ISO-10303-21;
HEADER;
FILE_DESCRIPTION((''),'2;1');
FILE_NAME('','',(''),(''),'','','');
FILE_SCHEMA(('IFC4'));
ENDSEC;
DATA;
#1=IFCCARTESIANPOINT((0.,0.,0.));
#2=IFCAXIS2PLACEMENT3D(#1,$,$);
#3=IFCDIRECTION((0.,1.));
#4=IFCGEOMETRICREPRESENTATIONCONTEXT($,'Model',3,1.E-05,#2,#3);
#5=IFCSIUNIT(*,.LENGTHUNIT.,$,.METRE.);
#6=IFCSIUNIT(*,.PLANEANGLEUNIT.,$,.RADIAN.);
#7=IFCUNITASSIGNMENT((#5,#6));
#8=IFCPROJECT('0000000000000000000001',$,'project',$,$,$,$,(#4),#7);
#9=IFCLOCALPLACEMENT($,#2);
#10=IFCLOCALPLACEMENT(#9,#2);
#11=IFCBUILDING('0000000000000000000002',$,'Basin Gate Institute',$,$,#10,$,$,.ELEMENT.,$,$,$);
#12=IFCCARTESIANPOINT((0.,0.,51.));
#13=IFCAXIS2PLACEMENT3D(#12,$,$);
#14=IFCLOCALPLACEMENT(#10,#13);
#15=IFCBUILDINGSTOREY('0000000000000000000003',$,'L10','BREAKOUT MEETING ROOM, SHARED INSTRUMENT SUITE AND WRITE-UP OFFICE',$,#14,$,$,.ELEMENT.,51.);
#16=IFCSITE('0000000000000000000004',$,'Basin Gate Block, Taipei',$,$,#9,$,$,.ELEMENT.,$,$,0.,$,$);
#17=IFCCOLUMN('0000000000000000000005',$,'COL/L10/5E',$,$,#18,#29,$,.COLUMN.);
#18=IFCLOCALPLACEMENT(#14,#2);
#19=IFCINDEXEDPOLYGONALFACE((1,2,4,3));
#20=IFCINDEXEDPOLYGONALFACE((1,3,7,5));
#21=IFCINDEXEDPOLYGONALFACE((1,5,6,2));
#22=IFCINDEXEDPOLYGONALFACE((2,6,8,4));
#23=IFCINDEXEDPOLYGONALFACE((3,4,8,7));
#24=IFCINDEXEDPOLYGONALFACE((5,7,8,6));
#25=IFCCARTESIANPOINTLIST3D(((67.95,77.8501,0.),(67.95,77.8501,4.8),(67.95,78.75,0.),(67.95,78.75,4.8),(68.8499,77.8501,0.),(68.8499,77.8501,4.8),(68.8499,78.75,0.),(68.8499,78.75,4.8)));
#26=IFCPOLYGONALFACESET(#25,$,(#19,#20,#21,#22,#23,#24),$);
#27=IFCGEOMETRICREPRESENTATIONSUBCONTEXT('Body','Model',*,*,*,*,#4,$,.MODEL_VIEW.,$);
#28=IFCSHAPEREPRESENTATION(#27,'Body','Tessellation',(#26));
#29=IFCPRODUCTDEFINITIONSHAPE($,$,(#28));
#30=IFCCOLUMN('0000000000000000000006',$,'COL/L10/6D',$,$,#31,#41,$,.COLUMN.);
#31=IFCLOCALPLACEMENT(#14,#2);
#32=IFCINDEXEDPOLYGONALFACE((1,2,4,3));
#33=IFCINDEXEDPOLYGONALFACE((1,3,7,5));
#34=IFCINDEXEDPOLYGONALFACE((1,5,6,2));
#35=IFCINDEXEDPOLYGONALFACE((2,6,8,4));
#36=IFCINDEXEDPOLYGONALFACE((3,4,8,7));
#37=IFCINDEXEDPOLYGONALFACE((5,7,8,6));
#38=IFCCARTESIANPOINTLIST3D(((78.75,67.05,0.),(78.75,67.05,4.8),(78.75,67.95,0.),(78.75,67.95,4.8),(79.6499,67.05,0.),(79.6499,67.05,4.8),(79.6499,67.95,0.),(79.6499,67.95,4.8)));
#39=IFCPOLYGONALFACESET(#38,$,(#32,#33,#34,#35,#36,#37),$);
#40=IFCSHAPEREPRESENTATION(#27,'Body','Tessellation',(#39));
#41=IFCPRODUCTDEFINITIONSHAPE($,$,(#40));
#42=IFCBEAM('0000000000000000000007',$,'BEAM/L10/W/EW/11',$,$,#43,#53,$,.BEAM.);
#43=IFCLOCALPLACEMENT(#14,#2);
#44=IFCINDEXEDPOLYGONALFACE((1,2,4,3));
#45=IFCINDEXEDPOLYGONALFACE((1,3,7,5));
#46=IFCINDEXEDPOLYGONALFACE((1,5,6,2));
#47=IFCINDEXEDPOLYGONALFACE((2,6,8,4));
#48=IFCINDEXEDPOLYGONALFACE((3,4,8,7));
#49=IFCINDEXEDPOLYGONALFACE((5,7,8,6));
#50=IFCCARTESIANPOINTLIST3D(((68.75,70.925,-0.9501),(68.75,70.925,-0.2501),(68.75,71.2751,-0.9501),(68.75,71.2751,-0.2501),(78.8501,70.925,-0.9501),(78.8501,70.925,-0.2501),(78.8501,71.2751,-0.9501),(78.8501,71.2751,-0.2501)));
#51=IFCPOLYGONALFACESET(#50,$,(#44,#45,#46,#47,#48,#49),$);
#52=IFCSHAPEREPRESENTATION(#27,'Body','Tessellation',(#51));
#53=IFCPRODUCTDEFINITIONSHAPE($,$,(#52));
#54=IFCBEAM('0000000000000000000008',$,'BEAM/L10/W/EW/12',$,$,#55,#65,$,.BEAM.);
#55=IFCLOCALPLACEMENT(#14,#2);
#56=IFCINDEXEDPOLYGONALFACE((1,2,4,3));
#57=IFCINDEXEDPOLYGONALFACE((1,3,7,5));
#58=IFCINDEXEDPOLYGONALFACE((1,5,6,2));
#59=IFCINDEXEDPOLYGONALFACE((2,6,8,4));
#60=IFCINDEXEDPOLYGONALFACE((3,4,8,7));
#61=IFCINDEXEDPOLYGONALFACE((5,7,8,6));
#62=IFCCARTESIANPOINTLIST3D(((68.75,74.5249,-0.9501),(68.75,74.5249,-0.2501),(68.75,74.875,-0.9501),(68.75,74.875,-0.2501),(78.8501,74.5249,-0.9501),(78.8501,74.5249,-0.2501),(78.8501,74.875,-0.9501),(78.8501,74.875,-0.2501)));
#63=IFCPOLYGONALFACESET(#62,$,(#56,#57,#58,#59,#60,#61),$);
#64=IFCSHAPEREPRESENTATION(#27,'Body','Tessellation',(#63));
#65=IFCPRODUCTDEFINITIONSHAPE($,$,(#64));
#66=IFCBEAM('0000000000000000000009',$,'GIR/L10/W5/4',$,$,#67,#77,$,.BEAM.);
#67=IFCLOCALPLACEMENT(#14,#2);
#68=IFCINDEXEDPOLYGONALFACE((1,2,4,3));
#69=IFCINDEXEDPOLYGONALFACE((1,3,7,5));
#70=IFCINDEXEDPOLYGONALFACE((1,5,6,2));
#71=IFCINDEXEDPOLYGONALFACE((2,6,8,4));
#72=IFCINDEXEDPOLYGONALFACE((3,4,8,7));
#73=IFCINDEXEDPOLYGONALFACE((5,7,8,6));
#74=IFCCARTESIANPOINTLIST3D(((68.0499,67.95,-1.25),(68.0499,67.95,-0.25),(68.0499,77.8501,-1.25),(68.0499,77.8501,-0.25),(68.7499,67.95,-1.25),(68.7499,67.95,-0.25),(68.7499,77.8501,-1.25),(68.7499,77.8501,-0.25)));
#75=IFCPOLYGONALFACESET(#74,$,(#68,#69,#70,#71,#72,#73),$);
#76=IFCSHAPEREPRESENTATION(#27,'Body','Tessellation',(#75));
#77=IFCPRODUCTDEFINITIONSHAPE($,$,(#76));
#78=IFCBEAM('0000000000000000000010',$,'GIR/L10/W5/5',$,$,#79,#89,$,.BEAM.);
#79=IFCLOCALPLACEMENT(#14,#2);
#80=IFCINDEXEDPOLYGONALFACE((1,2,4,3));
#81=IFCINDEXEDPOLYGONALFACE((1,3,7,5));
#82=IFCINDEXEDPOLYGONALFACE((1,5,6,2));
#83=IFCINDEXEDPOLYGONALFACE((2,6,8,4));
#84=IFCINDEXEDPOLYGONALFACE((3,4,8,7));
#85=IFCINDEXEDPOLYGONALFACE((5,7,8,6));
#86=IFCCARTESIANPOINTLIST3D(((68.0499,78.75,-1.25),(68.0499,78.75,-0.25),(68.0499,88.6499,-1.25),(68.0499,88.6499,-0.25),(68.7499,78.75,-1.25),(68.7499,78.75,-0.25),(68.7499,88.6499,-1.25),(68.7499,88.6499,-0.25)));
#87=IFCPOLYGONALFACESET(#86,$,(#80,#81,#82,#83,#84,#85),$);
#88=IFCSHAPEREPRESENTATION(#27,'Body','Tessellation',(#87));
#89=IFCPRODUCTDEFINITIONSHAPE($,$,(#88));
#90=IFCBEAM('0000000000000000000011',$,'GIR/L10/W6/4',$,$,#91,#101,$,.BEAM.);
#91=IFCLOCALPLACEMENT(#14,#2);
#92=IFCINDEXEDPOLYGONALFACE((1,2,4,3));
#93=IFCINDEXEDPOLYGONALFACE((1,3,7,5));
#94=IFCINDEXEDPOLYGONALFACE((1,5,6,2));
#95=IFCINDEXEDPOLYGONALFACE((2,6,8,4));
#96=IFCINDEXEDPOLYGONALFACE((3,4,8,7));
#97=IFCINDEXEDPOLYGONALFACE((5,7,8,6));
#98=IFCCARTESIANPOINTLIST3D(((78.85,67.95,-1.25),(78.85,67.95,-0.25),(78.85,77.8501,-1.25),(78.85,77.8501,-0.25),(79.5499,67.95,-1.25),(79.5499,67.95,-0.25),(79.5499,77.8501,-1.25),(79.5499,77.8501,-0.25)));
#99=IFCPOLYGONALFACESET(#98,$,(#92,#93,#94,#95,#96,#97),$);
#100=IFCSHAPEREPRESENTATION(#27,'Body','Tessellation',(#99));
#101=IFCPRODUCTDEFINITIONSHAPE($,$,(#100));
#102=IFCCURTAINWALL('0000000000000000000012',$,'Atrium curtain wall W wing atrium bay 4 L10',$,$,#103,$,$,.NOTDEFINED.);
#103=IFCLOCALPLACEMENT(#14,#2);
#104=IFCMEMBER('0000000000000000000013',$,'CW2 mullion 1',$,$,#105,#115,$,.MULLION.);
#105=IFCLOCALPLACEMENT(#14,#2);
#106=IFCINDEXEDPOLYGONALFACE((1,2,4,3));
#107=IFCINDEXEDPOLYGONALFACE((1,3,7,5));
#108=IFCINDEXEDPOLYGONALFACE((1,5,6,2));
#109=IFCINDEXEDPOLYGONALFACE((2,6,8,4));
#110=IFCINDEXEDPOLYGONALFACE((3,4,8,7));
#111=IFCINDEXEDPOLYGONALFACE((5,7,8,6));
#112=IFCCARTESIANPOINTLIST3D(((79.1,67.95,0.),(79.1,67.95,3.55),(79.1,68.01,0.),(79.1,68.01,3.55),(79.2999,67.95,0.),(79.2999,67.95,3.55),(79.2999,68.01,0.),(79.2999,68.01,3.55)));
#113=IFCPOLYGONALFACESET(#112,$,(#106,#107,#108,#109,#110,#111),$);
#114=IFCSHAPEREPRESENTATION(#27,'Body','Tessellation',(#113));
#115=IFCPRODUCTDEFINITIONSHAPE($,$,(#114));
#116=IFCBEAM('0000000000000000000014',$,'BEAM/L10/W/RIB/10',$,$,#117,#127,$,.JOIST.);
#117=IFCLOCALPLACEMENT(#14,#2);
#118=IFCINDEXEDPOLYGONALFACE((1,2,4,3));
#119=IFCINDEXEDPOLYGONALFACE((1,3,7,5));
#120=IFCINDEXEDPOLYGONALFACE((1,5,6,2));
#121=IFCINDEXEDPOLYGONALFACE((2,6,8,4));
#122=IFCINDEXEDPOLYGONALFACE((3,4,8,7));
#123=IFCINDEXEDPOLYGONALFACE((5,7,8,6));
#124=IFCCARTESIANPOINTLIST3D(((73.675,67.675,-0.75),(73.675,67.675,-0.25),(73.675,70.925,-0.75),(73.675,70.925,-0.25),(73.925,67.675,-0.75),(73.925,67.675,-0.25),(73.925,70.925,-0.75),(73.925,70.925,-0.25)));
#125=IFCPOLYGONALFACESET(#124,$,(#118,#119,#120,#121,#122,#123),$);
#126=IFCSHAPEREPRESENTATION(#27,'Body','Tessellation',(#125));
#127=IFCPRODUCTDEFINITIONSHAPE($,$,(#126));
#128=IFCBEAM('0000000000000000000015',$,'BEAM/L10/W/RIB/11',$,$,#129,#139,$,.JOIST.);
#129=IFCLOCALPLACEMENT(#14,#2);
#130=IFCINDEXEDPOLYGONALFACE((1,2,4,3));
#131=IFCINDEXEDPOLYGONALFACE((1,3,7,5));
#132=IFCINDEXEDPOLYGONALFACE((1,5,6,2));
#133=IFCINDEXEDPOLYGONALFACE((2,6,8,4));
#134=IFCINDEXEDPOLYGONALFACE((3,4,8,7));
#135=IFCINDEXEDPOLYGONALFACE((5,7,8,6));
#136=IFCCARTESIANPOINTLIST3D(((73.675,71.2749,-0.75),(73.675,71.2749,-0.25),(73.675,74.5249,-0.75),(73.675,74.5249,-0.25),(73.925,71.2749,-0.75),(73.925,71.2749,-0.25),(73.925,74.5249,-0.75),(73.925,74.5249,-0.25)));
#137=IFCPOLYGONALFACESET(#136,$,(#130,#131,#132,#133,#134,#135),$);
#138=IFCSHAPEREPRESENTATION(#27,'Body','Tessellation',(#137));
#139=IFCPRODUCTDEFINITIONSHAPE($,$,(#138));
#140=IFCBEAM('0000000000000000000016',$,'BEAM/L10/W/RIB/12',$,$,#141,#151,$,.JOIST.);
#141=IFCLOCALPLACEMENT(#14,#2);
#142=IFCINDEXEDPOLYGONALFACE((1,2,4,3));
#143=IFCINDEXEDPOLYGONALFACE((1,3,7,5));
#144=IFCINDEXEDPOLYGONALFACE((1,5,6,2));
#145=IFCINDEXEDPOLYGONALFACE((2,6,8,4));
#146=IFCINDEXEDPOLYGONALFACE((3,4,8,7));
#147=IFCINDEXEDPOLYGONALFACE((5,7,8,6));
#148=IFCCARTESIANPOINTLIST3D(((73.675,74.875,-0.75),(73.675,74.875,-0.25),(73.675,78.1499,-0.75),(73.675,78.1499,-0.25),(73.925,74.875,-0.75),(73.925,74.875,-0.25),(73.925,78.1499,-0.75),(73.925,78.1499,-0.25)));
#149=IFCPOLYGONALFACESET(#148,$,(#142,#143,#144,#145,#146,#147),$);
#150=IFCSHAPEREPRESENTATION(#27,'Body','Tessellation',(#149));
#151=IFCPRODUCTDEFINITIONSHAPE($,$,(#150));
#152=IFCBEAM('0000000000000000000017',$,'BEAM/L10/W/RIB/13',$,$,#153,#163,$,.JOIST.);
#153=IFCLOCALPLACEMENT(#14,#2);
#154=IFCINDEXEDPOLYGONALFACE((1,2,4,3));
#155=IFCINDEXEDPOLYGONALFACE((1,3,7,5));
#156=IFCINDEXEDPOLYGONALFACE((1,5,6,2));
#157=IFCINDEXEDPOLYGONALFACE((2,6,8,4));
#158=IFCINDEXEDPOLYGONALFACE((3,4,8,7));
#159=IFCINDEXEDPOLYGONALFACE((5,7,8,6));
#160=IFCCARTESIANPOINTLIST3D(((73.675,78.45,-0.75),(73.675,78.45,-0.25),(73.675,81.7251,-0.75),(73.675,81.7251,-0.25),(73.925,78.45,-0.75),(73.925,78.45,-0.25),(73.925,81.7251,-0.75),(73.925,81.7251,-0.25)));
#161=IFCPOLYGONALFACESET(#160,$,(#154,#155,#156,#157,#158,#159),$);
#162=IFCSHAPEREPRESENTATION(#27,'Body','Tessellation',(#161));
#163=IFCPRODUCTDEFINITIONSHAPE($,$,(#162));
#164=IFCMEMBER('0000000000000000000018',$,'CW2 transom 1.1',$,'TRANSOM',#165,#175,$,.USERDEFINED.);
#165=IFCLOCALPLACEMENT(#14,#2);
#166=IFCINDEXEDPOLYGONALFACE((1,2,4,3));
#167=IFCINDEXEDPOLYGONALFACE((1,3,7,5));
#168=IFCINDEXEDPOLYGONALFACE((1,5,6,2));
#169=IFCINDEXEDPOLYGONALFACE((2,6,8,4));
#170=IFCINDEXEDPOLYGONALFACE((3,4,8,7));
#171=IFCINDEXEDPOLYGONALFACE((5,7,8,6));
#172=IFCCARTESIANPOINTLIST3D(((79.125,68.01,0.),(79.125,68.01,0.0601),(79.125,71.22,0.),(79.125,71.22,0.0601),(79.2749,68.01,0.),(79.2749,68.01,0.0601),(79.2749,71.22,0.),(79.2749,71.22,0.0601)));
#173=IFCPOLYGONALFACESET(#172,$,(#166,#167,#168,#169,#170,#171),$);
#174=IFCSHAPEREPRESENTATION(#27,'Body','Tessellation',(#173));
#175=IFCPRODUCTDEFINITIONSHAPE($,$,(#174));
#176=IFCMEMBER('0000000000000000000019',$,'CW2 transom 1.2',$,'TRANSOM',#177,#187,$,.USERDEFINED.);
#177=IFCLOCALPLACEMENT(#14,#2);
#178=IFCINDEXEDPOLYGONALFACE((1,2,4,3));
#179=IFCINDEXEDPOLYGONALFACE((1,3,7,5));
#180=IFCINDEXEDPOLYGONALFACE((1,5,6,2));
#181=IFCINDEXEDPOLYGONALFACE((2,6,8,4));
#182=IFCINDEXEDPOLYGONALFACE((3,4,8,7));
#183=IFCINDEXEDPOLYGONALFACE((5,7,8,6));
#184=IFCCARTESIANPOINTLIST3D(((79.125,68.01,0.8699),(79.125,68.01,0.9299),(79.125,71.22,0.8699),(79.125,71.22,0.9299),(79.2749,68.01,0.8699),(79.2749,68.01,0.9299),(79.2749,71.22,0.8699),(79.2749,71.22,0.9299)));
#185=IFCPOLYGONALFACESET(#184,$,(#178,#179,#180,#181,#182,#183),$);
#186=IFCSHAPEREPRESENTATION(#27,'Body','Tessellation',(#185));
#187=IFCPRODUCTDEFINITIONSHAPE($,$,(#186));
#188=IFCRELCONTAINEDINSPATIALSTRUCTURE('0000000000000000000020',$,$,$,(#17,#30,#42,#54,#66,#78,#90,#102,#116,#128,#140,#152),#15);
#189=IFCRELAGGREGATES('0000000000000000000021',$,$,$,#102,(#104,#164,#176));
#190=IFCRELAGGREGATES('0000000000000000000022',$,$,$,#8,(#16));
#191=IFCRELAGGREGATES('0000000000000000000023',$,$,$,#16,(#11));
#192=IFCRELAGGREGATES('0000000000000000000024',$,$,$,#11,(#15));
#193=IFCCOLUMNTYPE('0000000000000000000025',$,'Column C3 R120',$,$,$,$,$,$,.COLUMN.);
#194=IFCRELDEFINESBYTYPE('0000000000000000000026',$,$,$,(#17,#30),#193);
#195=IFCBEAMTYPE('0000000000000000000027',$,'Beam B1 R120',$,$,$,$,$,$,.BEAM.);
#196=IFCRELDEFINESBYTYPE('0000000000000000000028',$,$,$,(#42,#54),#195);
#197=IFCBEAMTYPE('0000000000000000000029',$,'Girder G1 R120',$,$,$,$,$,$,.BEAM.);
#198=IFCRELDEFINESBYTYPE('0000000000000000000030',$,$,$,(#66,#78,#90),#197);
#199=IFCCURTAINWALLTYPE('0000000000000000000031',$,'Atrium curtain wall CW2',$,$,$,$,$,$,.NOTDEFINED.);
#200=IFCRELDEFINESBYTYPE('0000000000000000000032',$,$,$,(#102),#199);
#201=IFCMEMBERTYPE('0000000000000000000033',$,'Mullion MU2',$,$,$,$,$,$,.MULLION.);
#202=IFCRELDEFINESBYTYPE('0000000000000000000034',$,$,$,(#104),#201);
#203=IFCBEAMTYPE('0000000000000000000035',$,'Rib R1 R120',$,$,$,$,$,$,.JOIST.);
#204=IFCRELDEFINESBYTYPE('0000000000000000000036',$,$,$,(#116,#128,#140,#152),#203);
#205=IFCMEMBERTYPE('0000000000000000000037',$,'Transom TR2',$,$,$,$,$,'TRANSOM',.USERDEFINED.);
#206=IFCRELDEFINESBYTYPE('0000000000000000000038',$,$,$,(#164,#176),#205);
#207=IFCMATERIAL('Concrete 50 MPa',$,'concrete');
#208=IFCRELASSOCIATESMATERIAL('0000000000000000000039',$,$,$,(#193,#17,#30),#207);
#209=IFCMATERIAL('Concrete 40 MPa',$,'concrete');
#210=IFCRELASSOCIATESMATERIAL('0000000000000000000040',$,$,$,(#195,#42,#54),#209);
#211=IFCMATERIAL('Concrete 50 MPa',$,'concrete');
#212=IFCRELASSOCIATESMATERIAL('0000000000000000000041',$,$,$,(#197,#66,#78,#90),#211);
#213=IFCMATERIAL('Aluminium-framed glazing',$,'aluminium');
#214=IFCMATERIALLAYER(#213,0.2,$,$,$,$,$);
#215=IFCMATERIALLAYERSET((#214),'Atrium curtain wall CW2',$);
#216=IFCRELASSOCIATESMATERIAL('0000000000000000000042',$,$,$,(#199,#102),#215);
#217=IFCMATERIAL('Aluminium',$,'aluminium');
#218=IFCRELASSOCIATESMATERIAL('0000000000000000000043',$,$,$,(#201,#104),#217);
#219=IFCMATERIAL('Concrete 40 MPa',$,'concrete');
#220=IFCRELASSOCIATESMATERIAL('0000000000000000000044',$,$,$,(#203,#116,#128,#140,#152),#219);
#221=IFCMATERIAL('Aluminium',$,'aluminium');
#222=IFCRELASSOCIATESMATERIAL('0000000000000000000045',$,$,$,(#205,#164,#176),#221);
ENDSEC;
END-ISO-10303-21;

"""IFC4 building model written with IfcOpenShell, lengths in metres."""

from ifc_helpers import new_model, si_unit, direction, frame, origin, origin_2d, place, context, subcontext, project, spatial, rectangle, extrude, material, layer, layer_set, material_profile, profile_set, type_object, element, aggregate, save


model = new_model("IFC4")

# Units and contexts
model_context = context("Model", 3, precision=1e-05, world=origin(), true_north=direction((0.0, 1.0)))
body_context = subcontext(model_context, "Body", "Model", "MODEL_VIEW")
ifc_project = project(units=[si_unit("LENGTHUNIT", "METRE"), si_unit("PLANEANGLEUNIT", "RADIAN")], contexts=[model_context])

# Site, building, storey
site_placement = place(None, origin())
site = spatial("IfcSite", under=ifc_project, at=site_placement, Name="Basin Gate Block, Taipei", CompositionType="ELEMENT", RefElevation=0.0)
building_placement = place(site_placement, origin())
building = spatial("IfcBuilding", under=site, at=building_placement, Name="Basin Gate Institute", CompositionType="ELEMENT")
storey_placement = place(building_placement, frame((0.0, 0.0, 51.0)))
storey = spatial("IfcBuildingStorey", under=building, at=storey_placement, Name="L10", Description="BREAKOUT MEETING ROOM, SHARED INSTRUMENT SUITE AND WRITE-UP OFFICE", CompositionType="ELEMENT", Elevation=51.0)

# Columns
ifc_material_1 = material(Name="Concrete 50 MPa", Category="concrete")
ifc_material_profile_1 = material_profile(ifc_material_1, rectangle(XDim=0.8999, YDim=0.8999, at=origin_2d()), Name="Column C3 900 x 900")
ifc_profile_set_1 = profile_set([ifc_material_profile_1], Name="Concrete 50 MPa")
column_type = type_object("IfcColumnType", Name="Column C3 R120", PredefinedType="COLUMN", material=ifc_profile_set_1)
for number, where, z_axis, x_axis, name in (
    (1, (68.3999, 78.3, 0.0), (0.0, 0.0, 1.0), (1.0, 0.0, 0.0), "COL/L10/5E"),
    (2, (79.2, 67.5, 0.0), (0.0, 0.0, 1.0), (1.0, 0.0, 0.0), "COL/L10/6D"),
):
    element("IfcColumn", number, at=place(storey_placement, frame(where, z_axis=z_axis, x_axis=x_axis)), inside=storey, type_object=column_type, material=ifc_profile_set_1, Name=name, PredefinedType="COLUMN", context=body_context, shape_type="SweptSolid", body=[
        extrude(rectangle(XDim=0.8999, YDim=0.8999, at=origin_2d()), origin(), (0.0, 0.0, 1.0), 4.8),
    ])

# Beams
ifc_material_2 = material(Name="Concrete 40 MPa", Category="concrete")
ifc_material_profile_2 = material_profile(ifc_material_2, rectangle(XDim=0.3501, YDim=0.7, at=origin_2d()), Name="Beam B1 350 x 700")
ifc_profile_set_2 = profile_set([ifc_material_profile_2], Name="Concrete 40 MPa")
beam_type_1 = type_object("IfcBeamType", Name="Beam B1 R120", PredefinedType="BEAM", material=ifc_profile_set_2)
for number, where, z_axis, x_axis, name in (
    (3, (68.75, 71.1001, -0.6001), (1.0, 0.0, 0.0), (0.0, 1.0, 0.0), "BEAM/L10/W/EW/11"),
    (4, (68.75, 74.7, -0.6001), (1.0, 0.0, 0.0), (0.0, 1.0, 0.0), "BEAM/L10/W/EW/12"),
):
    element("IfcBeam", number, at=place(storey_placement, frame(where, z_axis=z_axis, x_axis=x_axis)), inside=storey, type_object=beam_type_1, material=ifc_profile_set_2, Name=name, PredefinedType="BEAM", context=body_context, shape_type="SweptSolid", body=[
        extrude(rectangle(XDim=0.3501, YDim=0.7, at=origin_2d()), origin(), (0.0, 0.0, 1.0), 10.1001),
    ])
ifc_material_3 = material(Name="Concrete 50 MPa", Category="concrete")
ifc_material_profile_3 = material_profile(ifc_material_3, rectangle(XDim=0.7, YDim=1.0, at=origin_2d()), Name="Girder G1 700 x 1000")
ifc_profile_set_3 = profile_set([ifc_material_profile_3], Name="Concrete 50 MPa")
beam_type_2 = type_object("IfcBeamType", Name="Girder G1 R120", PredefinedType="BEAM", material=ifc_profile_set_3)
beam_1_placement = place(storey_placement, frame((68.3999, 67.95, -0.75), z_axis=(0.0, 1.0, 0.0), x_axis=(-1.0, 0.0, 0.0)))
element("IfcBeam", 5, at=beam_1_placement, inside=storey, type_object=beam_type_2, material=ifc_profile_set_3, Name="GIR/L10/W5/4", PredefinedType="BEAM", context=body_context, shape_type="SweptSolid", body=[
    extrude(rectangle(XDim=0.7, YDim=1.0, at=origin_2d()), origin(), (0.0, 0.0, 1.0), 9.9001),
])
beam_2_placement = place(storey_placement, frame((68.3999, 78.75, -0.75), z_axis=(0.0, 1.0, 0.0), x_axis=(-1.0, 0.0, 0.0)))
element("IfcBeam", 6, at=beam_2_placement, inside=storey, type_object=beam_type_2, material=ifc_profile_set_3, Name="GIR/L10/W5/5", PredefinedType="BEAM", context=body_context, shape_type="SweptSolid", body=[
    extrude(rectangle(XDim=0.7, YDim=1.0, at=origin_2d()), origin(), (0.0, 0.0, 1.0), 9.8999),
])
beam_3_placement = place(storey_placement, frame((79.2, 67.95, -0.75), z_axis=(0.0, 1.0, 0.0), x_axis=(-1.0, 0.0, 0.0)))
element("IfcBeam", 7, at=beam_3_placement, inside=storey, type_object=beam_type_2, material=ifc_profile_set_3, Name="GIR/L10/W6/4", PredefinedType="BEAM", context=body_context, shape_type="SweptSolid", body=[
    extrude(rectangle(XDim=0.7, YDim=1.0, at=origin_2d()), origin(), (0.0, 0.0, 1.0), 9.9001),
])

# Curtain wall, member
ifc_material_4 = material(Name="Aluminium-framed glazing", Category="aluminium")
ifc_layer_1 = layer(ifc_material_4, 0.2)
ifc_layer_set_1 = layer_set([ifc_layer_1], Name="Atrium curtain wall CW2")
curtain_wall_type = type_object("IfcCurtainWallType", Name="Atrium curtain wall CW2", PredefinedType="NOTDEFINED", material=ifc_layer_set_1)
curtain_wall_placement = place(storey_placement, origin())
curtain_wall = element("IfcCurtainWall", 8, at=curtain_wall_placement, inside=storey, type_object=curtain_wall_type, material=ifc_layer_set_1, Name="Atrium curtain wall W wing atrium bay 4 L10", PredefinedType="NOTDEFINED")
ifc_material_5 = material(Name="Aluminium", Category="aluminium")
ifc_material_profile_4 = material_profile(ifc_material_5, rectangle(XDim=0.2, YDim=0.0601, at=origin_2d()), Name="Mullion MU2 200 x 60")
ifc_profile_set_4 = profile_set([ifc_material_profile_4], Name="Aluminium")
member_type_1 = type_object("IfcMemberType", Name="Mullion MU2", PredefinedType="MULLION", material=ifc_profile_set_4)
member_1_placement = place(storey_placement, frame((79.2, 67.98, 0.0), z_axis=(0.0, 0.0, 1.0), x_axis=(-1.0, 0.0, 0.0)))
member_1 = element("IfcMember", 9, at=member_1_placement, type_object=member_type_1, material=ifc_profile_set_4, Name="CW2 mullion 1", PredefinedType="MULLION", context=body_context, shape_type="SweptSolid", body=[
    extrude(rectangle(XDim=0.2, YDim=0.0601, at=origin_2d()), origin(), (0.0, 0.0, 1.0), 3.55),
])

# Beams
ifc_material_6 = material(Name="Concrete 40 MPa", Category="concrete")
ifc_material_profile_5 = material_profile(ifc_material_6, rectangle(XDim=0.25, YDim=0.5, at=origin_2d()), Name="Rib R1 250 x 500")
ifc_profile_set_5 = profile_set([ifc_material_profile_5], Name="Concrete 40 MPa")
beam_type_3 = type_object("IfcBeamType", Name="Rib R1 R120", PredefinedType="JOIST", material=ifc_profile_set_5)
for number, where, z_axis, x_axis, name in (
    (10, (73.8, 67.675, -0.5), (0.0, 1.0, 0.0), (-1.0, 0.0, 0.0), "BEAM/L10/W/RIB/10"),
    (11, (73.8, 71.2749, -0.5), (0.0, 1.0, 0.0), (-1.0, 0.0, 0.0), "BEAM/L10/W/RIB/11"),
):
    element("IfcBeam", number, at=place(storey_placement, frame(where, z_axis=z_axis, x_axis=x_axis)), inside=storey, type_object=beam_type_3, material=ifc_profile_set_5, Name=name, PredefinedType="JOIST", context=body_context, shape_type="SweptSolid", body=[
        extrude(rectangle(XDim=0.25, YDim=0.5, at=origin_2d()), origin(), (0.0, 0.0, 1.0), 3.25),
    ])
beam_4_placement = place(storey_placement, frame((73.8, 74.875, -0.5), z_axis=(0.0, 1.0, 0.0), x_axis=(-1.0, 0.0, 0.0)))
element("IfcBeam", 12, at=beam_4_placement, inside=storey, type_object=beam_type_3, material=ifc_profile_set_5, Name="BEAM/L10/W/RIB/12", PredefinedType="JOIST", context=body_context, shape_type="SweptSolid", body=[
    extrude(rectangle(XDim=0.25, YDim=0.5, at=origin_2d()), origin(), (0.0, 0.0, 1.0), 3.2749),
])
beam_5_placement = place(storey_placement, frame((73.8, 78.45, -0.5), z_axis=(0.0, 1.0, 0.0), x_axis=(-1.0, 0.0, 0.0)))
element("IfcBeam", 13, at=beam_5_placement, inside=storey, type_object=beam_type_3, material=ifc_profile_set_5, Name="BEAM/L10/W/RIB/13", PredefinedType="JOIST", context=body_context, shape_type="SweptSolid", body=[
    extrude(rectangle(XDim=0.25, YDim=0.5, at=origin_2d()), origin(), (0.0, 0.0, 1.0), 3.2751),
])

# Members
ifc_material_7 = material(Name="Aluminium", Category="aluminium")
ifc_material_profile_6 = material_profile(ifc_material_7, rectangle(XDim=0.1499, YDim=0.0601, at=origin_2d()), Name="Transom TR2 150 x 60")
ifc_profile_set_6 = profile_set([ifc_material_profile_6], Name="Aluminium")
member_type_2 = type_object("IfcMemberType", Name="Transom TR2", ElementType="TRANSOM", PredefinedType="USERDEFINED", material=ifc_profile_set_6)
member_2_placement = place(storey_placement, frame((79.2, 68.01, 0.03), z_axis=(0.0, 1.0, 0.0), x_axis=(-1.0, 0.0, 0.0)))
member_2 = element("IfcMember", 14, at=member_2_placement, type_object=member_type_2, material=ifc_profile_set_6, Name="CW2 transom 1.1", ObjectType="TRANSOM", PredefinedType="USERDEFINED", context=body_context, shape_type="SweptSolid", body=[
    extrude(rectangle(XDim=0.1499, YDim=0.0601, at=origin_2d()), origin(), (0.0, 0.0, 1.0), 3.21),
])
member_3_placement = place(storey_placement, frame((79.2, 68.01, 0.8999), z_axis=(0.0, 1.0, 0.0), x_axis=(-1.0, 0.0, 0.0)))
member_3 = element("IfcMember", 15, at=member_3_placement, type_object=member_type_2, material=ifc_profile_set_6, Name="CW2 transom 1.2", ObjectType="TRANSOM", PredefinedType="USERDEFINED", context=body_context, shape_type="SweptSolid", body=[
    extrude(rectangle(XDim=0.1499, YDim=0.0601, at=origin_2d()), origin(), (0.0, 0.0, 1.0), 3.21),
])

aggregate(curtain_wall, [member_1, member_2, member_3])

save(model, "model.ifc")
